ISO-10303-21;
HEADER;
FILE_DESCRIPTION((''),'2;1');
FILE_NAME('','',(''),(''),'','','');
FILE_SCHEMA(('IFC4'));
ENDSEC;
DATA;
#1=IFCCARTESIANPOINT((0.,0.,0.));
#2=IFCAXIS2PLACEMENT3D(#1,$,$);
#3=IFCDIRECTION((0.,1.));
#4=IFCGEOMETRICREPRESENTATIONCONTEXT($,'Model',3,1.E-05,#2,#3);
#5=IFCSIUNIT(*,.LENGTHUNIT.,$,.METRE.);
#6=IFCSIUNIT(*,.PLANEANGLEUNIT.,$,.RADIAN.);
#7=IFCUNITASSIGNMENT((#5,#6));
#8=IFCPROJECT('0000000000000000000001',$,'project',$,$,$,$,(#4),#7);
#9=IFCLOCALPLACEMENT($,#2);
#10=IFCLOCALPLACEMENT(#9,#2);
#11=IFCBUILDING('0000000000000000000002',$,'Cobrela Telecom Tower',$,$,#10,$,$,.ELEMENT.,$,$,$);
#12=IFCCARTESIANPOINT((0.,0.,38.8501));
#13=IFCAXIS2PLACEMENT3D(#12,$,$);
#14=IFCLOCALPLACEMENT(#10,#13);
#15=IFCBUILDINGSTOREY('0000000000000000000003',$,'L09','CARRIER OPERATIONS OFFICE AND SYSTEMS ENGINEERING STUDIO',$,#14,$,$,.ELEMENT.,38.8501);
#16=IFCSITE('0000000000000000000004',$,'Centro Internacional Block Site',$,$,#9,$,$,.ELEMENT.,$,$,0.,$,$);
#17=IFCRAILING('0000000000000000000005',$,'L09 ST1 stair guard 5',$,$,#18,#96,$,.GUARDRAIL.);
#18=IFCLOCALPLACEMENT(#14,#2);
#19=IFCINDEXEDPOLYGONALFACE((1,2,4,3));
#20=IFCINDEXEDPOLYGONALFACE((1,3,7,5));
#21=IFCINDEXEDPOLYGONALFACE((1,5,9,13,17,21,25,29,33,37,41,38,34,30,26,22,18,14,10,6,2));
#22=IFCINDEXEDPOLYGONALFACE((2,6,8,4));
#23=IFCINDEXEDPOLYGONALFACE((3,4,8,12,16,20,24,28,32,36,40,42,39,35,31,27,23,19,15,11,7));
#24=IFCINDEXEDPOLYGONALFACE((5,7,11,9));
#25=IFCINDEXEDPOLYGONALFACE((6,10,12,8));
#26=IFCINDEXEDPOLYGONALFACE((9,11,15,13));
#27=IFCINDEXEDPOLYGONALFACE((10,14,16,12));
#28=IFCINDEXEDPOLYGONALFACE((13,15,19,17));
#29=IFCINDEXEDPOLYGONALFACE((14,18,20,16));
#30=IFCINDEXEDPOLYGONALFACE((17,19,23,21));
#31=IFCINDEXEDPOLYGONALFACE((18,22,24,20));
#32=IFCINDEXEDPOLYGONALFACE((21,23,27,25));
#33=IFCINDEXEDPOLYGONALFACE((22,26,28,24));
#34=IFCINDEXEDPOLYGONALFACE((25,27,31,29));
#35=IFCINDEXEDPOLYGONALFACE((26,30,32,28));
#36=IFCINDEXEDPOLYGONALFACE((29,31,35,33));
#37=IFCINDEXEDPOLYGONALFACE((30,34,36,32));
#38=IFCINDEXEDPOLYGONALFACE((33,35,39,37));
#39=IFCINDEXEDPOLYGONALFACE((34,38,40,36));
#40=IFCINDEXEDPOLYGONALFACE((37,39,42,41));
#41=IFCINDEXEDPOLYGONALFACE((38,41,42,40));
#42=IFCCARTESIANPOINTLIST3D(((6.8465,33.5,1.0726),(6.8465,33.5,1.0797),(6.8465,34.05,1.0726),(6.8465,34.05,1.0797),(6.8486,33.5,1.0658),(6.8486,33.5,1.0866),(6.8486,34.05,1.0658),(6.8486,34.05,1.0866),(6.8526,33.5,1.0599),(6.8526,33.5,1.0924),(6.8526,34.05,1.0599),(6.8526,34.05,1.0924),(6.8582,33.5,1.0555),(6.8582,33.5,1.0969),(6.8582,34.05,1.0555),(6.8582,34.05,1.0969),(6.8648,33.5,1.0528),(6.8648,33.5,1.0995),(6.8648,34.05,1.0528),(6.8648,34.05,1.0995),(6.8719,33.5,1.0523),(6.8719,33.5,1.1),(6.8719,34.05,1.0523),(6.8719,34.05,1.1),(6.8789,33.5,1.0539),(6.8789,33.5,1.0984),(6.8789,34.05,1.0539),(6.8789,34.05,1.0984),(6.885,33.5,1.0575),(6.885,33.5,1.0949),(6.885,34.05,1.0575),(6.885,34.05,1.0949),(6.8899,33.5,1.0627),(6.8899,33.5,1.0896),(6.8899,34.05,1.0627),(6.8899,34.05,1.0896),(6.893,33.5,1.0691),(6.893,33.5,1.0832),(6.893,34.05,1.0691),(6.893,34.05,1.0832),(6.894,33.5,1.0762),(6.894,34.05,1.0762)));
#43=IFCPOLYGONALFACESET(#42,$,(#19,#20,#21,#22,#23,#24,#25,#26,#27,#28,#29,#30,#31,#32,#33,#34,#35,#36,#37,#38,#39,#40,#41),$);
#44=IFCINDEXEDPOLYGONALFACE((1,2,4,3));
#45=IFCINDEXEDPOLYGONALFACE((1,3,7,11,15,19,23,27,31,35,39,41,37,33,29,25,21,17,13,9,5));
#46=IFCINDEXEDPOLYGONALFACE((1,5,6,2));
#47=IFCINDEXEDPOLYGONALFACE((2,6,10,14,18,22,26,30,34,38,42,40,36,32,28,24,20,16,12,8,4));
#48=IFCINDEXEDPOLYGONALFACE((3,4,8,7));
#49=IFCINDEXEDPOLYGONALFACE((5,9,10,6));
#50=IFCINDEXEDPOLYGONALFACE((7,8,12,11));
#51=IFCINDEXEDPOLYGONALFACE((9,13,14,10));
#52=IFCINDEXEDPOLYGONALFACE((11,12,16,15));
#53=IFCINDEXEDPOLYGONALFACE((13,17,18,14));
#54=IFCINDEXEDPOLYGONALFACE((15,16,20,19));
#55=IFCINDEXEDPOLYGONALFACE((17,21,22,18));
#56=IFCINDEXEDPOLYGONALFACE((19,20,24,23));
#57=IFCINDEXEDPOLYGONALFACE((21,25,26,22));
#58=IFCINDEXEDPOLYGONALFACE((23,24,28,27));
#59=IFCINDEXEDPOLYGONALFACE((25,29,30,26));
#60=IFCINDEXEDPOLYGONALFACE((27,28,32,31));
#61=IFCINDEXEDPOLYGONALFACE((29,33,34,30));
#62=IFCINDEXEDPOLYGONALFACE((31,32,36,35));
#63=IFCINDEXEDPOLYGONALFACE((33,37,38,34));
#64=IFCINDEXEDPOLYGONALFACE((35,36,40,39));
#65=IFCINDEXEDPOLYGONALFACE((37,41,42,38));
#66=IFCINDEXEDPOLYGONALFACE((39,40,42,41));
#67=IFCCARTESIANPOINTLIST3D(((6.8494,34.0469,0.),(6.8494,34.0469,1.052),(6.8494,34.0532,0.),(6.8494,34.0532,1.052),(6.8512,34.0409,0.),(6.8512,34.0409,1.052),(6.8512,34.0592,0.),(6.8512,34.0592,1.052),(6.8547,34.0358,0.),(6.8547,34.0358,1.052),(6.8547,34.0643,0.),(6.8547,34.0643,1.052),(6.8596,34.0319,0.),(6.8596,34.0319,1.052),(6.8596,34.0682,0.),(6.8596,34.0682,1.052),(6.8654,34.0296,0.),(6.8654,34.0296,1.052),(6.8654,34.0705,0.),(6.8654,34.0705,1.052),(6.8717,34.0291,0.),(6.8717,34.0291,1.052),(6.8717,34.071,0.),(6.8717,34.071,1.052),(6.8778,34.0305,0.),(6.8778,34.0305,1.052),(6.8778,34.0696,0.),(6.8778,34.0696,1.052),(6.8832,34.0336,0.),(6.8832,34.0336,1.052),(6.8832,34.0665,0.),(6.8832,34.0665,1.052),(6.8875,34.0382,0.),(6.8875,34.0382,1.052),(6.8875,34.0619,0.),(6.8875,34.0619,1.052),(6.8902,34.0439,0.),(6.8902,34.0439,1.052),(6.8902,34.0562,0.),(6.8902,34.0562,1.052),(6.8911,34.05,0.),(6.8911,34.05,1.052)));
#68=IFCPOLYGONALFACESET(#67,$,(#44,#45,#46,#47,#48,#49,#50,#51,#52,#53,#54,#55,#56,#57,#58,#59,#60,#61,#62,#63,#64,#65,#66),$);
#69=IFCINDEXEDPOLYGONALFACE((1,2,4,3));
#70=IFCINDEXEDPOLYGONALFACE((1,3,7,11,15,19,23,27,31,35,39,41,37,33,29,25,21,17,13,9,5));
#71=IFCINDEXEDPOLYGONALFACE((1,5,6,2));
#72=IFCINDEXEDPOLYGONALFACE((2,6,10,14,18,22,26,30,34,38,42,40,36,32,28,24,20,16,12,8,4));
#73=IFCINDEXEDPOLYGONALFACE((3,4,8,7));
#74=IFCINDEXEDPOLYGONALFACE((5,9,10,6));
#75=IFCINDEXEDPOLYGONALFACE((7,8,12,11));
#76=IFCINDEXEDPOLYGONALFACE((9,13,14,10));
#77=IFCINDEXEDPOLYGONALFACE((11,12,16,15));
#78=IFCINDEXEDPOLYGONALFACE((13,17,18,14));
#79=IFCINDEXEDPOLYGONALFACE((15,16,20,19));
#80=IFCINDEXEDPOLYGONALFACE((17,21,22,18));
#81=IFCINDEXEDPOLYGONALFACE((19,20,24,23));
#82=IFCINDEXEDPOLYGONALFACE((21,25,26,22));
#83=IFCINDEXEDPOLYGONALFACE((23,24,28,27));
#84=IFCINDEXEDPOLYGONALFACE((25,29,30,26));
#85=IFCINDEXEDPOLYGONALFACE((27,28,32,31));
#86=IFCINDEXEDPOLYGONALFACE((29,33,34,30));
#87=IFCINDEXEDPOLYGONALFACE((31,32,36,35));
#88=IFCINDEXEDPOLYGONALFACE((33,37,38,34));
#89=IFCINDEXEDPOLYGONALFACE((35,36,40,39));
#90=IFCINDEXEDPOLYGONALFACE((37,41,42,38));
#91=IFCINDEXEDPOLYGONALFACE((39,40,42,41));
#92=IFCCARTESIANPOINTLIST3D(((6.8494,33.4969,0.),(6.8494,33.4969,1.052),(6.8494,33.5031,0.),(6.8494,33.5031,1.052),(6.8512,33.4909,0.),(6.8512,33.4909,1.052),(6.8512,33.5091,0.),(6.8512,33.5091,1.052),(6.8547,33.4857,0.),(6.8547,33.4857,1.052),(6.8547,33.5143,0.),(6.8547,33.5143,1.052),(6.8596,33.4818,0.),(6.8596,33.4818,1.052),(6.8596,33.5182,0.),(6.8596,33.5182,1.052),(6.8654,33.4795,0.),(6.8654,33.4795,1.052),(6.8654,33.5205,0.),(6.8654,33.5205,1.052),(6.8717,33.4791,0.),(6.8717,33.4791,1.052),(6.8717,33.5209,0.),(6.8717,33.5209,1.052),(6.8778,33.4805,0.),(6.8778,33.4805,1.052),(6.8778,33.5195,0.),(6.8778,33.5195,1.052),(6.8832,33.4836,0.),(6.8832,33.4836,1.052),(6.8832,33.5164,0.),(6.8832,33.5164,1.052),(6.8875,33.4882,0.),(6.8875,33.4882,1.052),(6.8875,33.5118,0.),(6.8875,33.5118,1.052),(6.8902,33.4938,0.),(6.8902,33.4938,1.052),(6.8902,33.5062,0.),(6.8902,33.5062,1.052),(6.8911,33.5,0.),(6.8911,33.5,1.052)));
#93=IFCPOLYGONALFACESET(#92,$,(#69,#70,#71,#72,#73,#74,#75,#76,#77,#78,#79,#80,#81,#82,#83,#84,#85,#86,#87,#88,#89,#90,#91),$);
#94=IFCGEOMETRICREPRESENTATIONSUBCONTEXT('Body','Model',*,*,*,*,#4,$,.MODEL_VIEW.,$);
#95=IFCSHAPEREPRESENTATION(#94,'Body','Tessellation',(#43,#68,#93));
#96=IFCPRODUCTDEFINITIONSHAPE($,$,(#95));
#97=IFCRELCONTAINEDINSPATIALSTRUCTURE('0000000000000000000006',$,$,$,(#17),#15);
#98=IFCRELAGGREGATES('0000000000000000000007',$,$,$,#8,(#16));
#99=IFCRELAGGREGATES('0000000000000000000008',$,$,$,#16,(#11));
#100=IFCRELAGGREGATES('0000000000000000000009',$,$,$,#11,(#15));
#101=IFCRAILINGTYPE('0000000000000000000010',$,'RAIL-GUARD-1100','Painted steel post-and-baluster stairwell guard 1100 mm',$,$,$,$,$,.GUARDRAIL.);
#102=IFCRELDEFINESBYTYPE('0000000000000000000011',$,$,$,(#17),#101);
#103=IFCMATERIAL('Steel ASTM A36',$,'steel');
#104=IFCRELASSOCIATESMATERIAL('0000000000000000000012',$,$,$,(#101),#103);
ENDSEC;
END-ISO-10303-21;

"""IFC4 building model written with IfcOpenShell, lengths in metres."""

from ifc_helpers import new_model, si_unit, direction, frame, origin, origin_2d, place, context, subcontext, project, spatial, circle, extrude, material, type_object, element, save


model = new_model("IFC4")

# Units and contexts
model_context = context("Model", 3, precision=1e-05, world=origin(), true_north=direction((0.0, 1.0)))
body_context = subcontext(model_context, "Body", "Model", "MODEL_VIEW")
ifc_project = project(units=[si_unit("LENGTHUNIT", "METRE"), si_unit("PLANEANGLEUNIT", "RADIAN")], contexts=[model_context])

# Site, building, storey
site_placement = place(None, origin())
site = spatial("IfcSite", under=ifc_project, at=site_placement, Name="Centro Internacional Block Site", CompositionType="ELEMENT", RefElevation=0.0)
building_placement = place(site_placement, origin())
building = spatial("IfcBuilding", under=site, at=building_placement, Name="Cobrela Telecom Tower", CompositionType="ELEMENT")
storey_placement = place(building_placement, frame((0.0, 0.0, 38.8501)))
storey = spatial("IfcBuildingStorey", under=building, at=storey_placement, Name="L09", Description="CARRIER OPERATIONS OFFICE AND SYSTEMS ENGINEERING STUDIO", CompositionType="ELEMENT", Elevation=38.8501)

# Shared definitions
ifc_material_1 = material(Name="Steel ASTM A36", Category="steel")

# Railing
railing_type_1 = type_object("IfcRailingType", Name="RAIL-GUARD-1100", Description="Painted steel post-and-baluster stairwell guard 1100 mm", PredefinedType="GUARDRAIL", material=ifc_material_1)
railing_1_placement = place(storey_placement, frame((6.8701, 34.05, 0.0)))
element("IfcRailing", 1, at=railing_1_placement, inside=storey, type_object=railing_type_1, Name="L09 ST1 stair guard 5", PredefinedType="GUARDRAIL", context=body_context, shape_type="SweptSolid", body=[
    extrude(circle(Radius=0.0239, at=origin_2d()), frame((0.0, 0.0, 1.0762), z_axis=(0.0, -1.0, 0.0), x_axis=(1.0, 0.0, 0.0)), (0.0, 0.0, 1.0), 0.55),
    extrude(circle(Radius=0.021, at=origin_2d()), origin(), (0.0, 0.0, 1.0), 1.052),
    extrude(circle(Radius=0.021, at=origin_2d()), frame((0.0, -0.55, 0.0)), (0.0, 0.0, 1.0), 1.052),
])

save(model, "model.ifc")
